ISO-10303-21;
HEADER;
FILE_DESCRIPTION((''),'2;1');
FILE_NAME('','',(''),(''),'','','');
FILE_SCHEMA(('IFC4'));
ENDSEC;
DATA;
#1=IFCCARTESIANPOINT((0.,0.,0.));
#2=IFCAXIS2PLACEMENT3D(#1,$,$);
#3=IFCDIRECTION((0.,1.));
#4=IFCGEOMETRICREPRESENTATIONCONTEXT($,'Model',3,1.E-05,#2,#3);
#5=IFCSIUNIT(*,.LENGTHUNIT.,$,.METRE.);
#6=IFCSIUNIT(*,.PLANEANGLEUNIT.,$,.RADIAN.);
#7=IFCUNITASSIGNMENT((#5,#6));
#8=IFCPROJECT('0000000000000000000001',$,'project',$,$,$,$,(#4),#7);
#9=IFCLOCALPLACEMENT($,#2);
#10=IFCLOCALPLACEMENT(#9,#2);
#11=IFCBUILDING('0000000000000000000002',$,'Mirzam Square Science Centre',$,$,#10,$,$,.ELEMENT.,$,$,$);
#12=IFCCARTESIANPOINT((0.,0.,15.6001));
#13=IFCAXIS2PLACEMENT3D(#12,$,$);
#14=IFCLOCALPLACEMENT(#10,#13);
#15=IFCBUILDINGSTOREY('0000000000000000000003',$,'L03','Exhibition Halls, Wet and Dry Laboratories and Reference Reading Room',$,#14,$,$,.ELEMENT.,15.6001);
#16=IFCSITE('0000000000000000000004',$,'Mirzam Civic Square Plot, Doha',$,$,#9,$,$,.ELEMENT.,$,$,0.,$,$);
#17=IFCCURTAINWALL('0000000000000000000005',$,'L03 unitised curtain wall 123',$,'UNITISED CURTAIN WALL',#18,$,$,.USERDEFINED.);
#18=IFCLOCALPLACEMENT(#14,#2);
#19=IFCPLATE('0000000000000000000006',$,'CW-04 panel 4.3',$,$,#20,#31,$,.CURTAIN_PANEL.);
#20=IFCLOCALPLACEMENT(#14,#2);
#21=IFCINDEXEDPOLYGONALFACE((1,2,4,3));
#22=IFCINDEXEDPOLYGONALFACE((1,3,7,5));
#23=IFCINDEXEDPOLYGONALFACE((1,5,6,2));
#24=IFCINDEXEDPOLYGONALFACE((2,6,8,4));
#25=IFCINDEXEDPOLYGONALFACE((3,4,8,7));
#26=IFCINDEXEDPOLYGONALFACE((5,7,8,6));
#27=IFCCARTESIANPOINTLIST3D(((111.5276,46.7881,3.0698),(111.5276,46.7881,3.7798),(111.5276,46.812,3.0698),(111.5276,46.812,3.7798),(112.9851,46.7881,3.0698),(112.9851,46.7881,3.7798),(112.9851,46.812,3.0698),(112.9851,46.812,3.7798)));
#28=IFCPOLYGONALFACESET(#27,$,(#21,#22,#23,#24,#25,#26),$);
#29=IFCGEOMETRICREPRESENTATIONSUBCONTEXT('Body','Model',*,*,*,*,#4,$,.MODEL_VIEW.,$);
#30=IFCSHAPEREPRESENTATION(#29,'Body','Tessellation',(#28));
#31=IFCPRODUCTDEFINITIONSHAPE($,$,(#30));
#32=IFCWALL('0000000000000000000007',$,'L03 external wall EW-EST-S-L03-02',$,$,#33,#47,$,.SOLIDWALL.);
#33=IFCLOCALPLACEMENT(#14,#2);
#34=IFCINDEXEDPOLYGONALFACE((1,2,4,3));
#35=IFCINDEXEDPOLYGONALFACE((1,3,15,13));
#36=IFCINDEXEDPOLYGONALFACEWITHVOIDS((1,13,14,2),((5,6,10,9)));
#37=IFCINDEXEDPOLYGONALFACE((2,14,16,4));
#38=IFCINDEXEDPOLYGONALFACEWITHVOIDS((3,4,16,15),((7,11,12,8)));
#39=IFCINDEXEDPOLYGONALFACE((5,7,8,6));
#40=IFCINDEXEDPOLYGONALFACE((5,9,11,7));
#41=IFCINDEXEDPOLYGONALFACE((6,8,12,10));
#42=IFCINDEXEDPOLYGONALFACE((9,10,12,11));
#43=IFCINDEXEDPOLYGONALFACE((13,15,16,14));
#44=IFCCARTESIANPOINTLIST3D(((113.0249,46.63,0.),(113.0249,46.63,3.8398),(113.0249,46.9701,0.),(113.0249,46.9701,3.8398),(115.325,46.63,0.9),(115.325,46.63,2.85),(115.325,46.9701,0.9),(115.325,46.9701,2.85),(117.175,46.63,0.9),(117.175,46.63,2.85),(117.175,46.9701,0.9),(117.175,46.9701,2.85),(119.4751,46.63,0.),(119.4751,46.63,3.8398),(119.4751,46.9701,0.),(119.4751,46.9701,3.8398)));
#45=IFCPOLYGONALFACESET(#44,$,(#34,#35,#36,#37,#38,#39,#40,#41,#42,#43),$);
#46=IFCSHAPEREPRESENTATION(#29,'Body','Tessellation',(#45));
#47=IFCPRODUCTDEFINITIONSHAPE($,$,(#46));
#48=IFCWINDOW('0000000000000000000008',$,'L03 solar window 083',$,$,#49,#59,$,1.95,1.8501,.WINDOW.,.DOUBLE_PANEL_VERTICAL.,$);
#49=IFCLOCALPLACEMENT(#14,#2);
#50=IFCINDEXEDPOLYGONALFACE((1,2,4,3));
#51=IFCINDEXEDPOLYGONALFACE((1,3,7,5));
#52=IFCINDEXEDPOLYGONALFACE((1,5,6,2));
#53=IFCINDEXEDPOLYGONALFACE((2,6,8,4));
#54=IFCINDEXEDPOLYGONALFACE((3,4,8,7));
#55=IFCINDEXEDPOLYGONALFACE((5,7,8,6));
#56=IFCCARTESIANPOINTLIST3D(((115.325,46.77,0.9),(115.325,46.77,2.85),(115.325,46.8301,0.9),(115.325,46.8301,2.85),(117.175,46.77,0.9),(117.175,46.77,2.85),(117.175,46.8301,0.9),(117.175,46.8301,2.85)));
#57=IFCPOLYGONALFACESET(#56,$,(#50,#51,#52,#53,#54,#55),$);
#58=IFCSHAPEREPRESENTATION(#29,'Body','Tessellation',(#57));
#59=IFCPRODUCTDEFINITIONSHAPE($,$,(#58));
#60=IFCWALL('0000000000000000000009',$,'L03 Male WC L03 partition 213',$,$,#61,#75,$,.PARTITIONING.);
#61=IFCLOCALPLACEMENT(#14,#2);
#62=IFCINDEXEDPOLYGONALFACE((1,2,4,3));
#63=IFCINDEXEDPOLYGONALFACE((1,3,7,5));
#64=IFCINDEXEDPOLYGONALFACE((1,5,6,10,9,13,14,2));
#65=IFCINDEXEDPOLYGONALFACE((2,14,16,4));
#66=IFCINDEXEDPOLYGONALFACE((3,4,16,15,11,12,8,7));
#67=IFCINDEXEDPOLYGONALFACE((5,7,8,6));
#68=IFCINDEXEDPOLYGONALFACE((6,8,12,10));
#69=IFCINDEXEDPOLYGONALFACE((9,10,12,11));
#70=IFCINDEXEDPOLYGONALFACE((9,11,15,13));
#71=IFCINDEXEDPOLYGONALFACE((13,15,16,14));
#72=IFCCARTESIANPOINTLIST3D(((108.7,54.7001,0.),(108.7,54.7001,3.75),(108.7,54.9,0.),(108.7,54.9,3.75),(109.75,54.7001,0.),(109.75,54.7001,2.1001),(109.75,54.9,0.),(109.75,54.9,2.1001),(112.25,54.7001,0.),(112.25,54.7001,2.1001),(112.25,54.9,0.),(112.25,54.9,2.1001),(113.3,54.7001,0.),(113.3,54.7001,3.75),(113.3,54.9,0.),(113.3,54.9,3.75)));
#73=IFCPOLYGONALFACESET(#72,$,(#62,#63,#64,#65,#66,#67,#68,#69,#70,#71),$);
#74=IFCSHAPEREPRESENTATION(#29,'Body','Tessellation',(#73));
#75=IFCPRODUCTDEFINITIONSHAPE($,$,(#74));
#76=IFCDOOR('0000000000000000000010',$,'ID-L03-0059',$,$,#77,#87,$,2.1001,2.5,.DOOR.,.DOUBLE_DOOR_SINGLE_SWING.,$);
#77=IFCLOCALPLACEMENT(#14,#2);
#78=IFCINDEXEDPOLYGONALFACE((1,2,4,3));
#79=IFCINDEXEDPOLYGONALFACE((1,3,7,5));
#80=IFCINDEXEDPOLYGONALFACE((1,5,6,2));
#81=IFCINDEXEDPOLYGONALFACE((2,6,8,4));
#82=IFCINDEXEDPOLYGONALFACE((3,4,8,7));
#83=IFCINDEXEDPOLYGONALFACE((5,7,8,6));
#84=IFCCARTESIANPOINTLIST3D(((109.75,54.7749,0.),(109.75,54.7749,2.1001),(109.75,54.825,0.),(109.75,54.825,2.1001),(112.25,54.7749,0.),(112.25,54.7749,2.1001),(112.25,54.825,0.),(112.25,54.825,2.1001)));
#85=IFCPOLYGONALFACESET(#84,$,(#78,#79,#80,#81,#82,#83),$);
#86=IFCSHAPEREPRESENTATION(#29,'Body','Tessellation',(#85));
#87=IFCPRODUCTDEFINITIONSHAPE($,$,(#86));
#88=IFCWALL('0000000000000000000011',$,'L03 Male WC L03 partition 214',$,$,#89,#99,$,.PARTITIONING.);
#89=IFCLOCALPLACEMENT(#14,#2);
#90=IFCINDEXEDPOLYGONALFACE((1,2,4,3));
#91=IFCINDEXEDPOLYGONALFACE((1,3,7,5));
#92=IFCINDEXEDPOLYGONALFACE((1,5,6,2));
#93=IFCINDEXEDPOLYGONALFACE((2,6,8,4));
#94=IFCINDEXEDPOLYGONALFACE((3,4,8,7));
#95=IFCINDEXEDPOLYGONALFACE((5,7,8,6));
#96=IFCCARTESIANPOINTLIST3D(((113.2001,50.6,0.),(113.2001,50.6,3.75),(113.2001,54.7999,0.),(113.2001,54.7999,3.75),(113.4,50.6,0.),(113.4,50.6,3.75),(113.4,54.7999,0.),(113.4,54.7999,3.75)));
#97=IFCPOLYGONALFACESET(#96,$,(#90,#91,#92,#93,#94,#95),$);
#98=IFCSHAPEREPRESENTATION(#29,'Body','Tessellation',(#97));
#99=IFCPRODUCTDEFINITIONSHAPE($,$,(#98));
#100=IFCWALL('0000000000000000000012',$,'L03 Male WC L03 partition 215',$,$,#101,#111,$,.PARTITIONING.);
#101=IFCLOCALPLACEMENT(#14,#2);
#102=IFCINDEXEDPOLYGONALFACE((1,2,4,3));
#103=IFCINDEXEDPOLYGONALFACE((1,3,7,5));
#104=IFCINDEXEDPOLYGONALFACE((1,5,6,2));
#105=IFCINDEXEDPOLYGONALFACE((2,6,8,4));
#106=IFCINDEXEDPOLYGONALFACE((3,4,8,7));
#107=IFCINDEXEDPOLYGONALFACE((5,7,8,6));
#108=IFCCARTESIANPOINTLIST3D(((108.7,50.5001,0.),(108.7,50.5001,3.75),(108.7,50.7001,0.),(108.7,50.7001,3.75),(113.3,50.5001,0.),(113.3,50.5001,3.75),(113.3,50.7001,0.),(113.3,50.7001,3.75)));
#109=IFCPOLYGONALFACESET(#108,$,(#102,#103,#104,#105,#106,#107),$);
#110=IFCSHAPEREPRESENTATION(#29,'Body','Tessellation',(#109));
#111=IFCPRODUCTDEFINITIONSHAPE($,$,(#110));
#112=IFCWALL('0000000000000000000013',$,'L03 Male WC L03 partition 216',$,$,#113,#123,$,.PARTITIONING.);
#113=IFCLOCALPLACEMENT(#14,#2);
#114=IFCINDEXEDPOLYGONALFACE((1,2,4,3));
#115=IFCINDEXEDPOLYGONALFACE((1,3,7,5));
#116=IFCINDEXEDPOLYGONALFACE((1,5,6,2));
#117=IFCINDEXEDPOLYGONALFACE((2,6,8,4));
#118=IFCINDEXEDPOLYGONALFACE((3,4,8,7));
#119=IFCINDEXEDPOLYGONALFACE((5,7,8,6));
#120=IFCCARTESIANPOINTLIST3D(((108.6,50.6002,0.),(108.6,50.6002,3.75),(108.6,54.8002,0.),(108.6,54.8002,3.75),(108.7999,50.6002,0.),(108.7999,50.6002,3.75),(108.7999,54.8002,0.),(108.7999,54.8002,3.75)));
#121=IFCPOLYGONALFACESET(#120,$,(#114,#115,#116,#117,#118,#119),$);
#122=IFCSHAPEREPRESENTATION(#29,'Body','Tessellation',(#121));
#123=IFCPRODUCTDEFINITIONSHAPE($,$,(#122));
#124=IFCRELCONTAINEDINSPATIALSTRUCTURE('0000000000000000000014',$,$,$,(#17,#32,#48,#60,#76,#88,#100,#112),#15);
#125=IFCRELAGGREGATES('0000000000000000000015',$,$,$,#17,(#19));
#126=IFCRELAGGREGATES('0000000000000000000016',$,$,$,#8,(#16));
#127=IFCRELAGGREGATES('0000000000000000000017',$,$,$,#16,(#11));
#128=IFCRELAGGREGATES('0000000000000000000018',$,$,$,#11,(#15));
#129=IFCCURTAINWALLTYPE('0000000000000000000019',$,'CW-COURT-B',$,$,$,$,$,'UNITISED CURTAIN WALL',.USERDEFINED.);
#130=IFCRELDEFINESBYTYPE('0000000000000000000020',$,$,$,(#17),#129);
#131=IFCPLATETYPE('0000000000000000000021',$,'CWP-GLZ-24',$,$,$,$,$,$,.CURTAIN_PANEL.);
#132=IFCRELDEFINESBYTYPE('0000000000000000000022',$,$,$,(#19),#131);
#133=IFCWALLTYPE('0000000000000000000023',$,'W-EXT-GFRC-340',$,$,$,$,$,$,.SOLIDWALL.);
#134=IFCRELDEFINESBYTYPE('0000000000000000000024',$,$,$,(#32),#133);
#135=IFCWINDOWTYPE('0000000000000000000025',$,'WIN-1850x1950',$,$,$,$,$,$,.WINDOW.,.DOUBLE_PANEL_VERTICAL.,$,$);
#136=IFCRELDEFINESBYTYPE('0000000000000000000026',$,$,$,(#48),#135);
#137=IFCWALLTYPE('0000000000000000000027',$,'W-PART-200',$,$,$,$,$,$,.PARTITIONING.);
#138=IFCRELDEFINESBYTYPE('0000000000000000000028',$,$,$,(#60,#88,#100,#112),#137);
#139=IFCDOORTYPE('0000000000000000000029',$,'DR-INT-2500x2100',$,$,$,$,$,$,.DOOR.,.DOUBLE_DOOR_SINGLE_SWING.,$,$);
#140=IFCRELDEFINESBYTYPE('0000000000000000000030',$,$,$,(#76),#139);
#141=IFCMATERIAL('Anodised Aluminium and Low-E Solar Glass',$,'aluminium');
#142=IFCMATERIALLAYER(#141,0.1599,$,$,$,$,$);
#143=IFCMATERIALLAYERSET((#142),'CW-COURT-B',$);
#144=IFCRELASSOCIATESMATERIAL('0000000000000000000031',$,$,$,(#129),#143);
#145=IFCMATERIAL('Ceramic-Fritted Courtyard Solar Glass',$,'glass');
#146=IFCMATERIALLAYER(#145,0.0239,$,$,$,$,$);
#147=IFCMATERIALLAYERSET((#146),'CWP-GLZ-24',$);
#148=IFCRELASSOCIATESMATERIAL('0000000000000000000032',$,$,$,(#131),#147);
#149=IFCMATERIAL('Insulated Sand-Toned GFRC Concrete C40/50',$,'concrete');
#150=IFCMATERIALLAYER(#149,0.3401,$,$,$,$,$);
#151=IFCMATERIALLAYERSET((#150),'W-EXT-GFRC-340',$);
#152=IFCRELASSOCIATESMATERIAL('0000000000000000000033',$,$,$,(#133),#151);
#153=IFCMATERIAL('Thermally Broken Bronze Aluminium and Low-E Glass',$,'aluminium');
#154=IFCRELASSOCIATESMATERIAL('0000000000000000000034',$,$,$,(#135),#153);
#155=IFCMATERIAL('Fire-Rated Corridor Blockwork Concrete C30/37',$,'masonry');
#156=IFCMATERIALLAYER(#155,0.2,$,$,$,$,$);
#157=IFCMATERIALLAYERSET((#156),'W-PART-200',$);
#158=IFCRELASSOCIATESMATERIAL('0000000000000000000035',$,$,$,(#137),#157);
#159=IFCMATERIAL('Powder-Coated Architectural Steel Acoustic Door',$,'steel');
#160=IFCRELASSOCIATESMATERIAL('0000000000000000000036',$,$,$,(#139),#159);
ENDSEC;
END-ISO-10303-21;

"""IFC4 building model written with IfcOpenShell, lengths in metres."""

from ifc_helpers import new_model, si_unit, direction, frame, frame_2d, origin, origin_2d, place, context, subcontext, project, spatial, rectangle, extrude, material, layer, layer_set, type_object, element, fill, aggregate, save


model = new_model("IFC4")

# Units and contexts
model_context = context("Model", 3, precision=1e-05, world=origin(), true_north=direction((0.0, 1.0)))
body_context = subcontext(model_context, "Body", "Model", "MODEL_VIEW")
ifc_project = project(units=[si_unit("LENGTHUNIT", "METRE"), si_unit("PLANEANGLEUNIT", "RADIAN")], contexts=[model_context])

# Site, building, storey
site_placement = place(None, origin())
site = spatial("IfcSite", under=ifc_project, at=site_placement, Name="Mirzam Civic Square Plot, Doha", CompositionType="ELEMENT", RefElevation=0.0)
building_placement = place(site_placement, origin())
building = spatial("IfcBuilding", under=site, at=building_placement, Name="Mirzam Square Science Centre", CompositionType="ELEMENT")
storey_placement = place(building_placement, frame((0.0, 0.0, 15.6001)))
storey = spatial("IfcBuildingStorey", under=building, at=storey_placement, Name="L03", Description="Exhibition Halls, Wet and Dry Laboratories and Reference Reading Room", CompositionType="ELEMENT", Elevation=15.6001)

# Curtain wall
ifc_material_1 = material(Name="Anodised Aluminium and Low-E Solar Glass", Category="aluminium")
ifc_layer_1 = layer(ifc_material_1, 0.1599)
ifc_layer_set_1 = layer_set([ifc_layer_1], Name="CW-COURT-B")
curtain_wall_type = type_object("IfcCurtainWallType", Name="CW-COURT-B", ElementType="UNITISED CURTAIN WALL", PredefinedType="USERDEFINED", material=ifc_layer_set_1)
curtain_wall_placement = place(storey_placement, origin())
curtain_wall = element("IfcCurtainWall", 1, at=curtain_wall_placement, inside=storey, type_object=curtain_wall_type, Name="L03 unitised curtain wall 123", ObjectType="UNITISED CURTAIN WALL", PredefinedType="USERDEFINED")

# Plate
ifc_material_2 = material(Name="Ceramic-Fritted Courtyard Solar Glass", Category="glass")
ifc_layer_2 = layer(ifc_material_2, 0.0239)
ifc_layer_set_2 = layer_set([ifc_layer_2], Name="CWP-GLZ-24")
plate_type = type_object("IfcPlateType", Name="CWP-GLZ-24", PredefinedType="CURTAIN_PANEL", material=ifc_layer_set_2)
plate_1_placement = place(storey_placement, frame((112.2563, 46.8, 3.0698), z_axis=(0.0, 0.0, 1.0), x_axis=(1.0, 0.0, 0.0)))
plate_1 = element("IfcPlate", 2, at=plate_1_placement, type_object=plate_type, Name="CW-04 panel 4.3", PredefinedType="CURTAIN_PANEL", context=body_context, shape_type="SweptSolid", body=[
    extrude(rectangle(XDim=1.4575, YDim=0.0239, at=origin_2d()), origin(), (0.0, 0.0, 1.0), 0.71),
])
aggregate(curtain_wall, [plate_1])

# Wall, opening, window
ifc_material_3 = material(Name="Insulated Sand-Toned GFRC Concrete C40/50", Category="concrete")
ifc_layer_3 = layer(ifc_material_3, 0.3401)
ifc_layer_set_3 = layer_set([ifc_layer_3], Name="W-EXT-GFRC-340")
wall_type_1 = type_object("IfcWallType", Name="W-EXT-GFRC-340", PredefinedType="SOLIDWALL", material=ifc_layer_set_3)
wall_1_placement = place(storey_placement, frame((113.0249, 46.8, 0.0), z_axis=(0.0, 0.0, 1.0), x_axis=(1.0, 0.0, 0.0)))
wall_1 = element("IfcWall", 3, at=wall_1_placement, inside=storey, type_object=wall_type_1, Name="L03 external wall EW-EST-S-L03-02", PredefinedType="SOLIDWALL", context=body_context, shape_type="SweptSolid", body=[
    extrude(rectangle(XDim=6.4502, YDim=0.3401, at=frame_2d((3.2251, 0.0))), origin(), (0.0, 0.0, 1.0), 3.8398),
])
opening_1_placement = place(wall_1_placement, frame((2.3, 0.0, 0.8999)))
opening_1 = element("IfcOpeningElement", 4, at=opening_1_placement, cuts=wall_1, PredefinedType="OPENING", context=body_context, shape_type="SweptSolid", body=[
    extrude(rectangle(XDim=1.8501, YDim=1.95, at=frame_2d((0.925, 0.9751))), frame((0.0, 0.1799, 0.0), z_axis=(0.0, -1.0, 0.0), x_axis=(1.0, 0.0, 0.0)), (0.0, 0.0, 1.0), 0.3601),
])
ifc_material_4 = material(Name="Thermally Broken Bronze Aluminium and Low-E Glass", Category="aluminium")
window_type = type_object("IfcWindowType", Name="WIN-1850x1950", PartitioningType="DOUBLE_PANEL_VERTICAL", PredefinedType="WINDOW", material=ifc_material_4)
window_placement = place(opening_1_placement, origin())
window = element("IfcWindow", 5, at=window_placement, inside=storey, type_object=window_type, Name="L03 solar window 083", OverallHeight=1.95, OverallWidth=1.8501, PartitioningType="DOUBLE_PANEL_VERTICAL", PredefinedType="WINDOW", context=body_context, shape_type="SweptSolid", body=[
    extrude(rectangle(XDim=1.8501, YDim=1.95, at=frame_2d((0.925, 0.9751))), frame((0.0, 0.03, 0.0), z_axis=(0.0, -1.0, 0.0), x_axis=(1.0, 0.0, 0.0)), (0.0, 0.0, 1.0), 0.0601),
])
fill(opening_1, window)

# Wall, opening, door
ifc_material_5 = material(Name="Fire-Rated Corridor Blockwork Concrete C30/37", Category="masonry")
ifc_layer_4 = layer(ifc_material_5, 0.2)
ifc_layer_set_4 = layer_set([ifc_layer_4], Name="W-PART-200")
wall_type_2 = type_object("IfcWallType", Name="W-PART-200", PredefinedType="PARTITIONING", material=ifc_layer_set_4)
wall_2_placement = place(storey_placement, frame((108.7, 54.8, 0.0), z_axis=(0.0, 0.0, 1.0), x_axis=(1.0, 0.0, 0.0)))
wall_2 = element("IfcWall", 6, at=wall_2_placement, inside=storey, type_object=wall_type_2, Name="L03 Male WC L03 partition 213", PredefinedType="PARTITIONING", context=body_context, shape_type="SweptSolid", body=[
    extrude(rectangle(XDim=4.6001, YDim=0.2, at=frame_2d((2.3, 0.0))), origin(), (0.0, 0.0, 1.0), 3.75),
])
opening_2_placement = place(wall_2_placement, frame((1.05, 0.0, 0.0)))
opening_2 = element("IfcOpeningElement", 7, at=opening_2_placement, cuts=wall_2, PredefinedType="OPENING", context=body_context, shape_type="SweptSolid", body=[
    extrude(rectangle(XDim=2.5, YDim=2.1001, at=frame_2d((1.25, 1.05))), frame((0.0, 0.1099, 0.0), z_axis=(0.0, -1.0, 0.0), x_axis=(1.0, 0.0, 0.0)), (0.0, 0.0, 1.0), 0.22),
])
ifc_material_6 = material(Name="Powder-Coated Architectural Steel Acoustic Door", Category="steel")
door_type = type_object("IfcDoorType", Name="DR-INT-2500x2100", OperationType="DOUBLE_DOOR_SINGLE_SWING", PredefinedType="DOOR", material=ifc_material_6)
door_placement = place(opening_2_placement, origin())
door = element("IfcDoor", 8, at=door_placement, inside=storey, type_object=door_type, Name="ID-L03-0059", OperationType="DOUBLE_DOOR_SINGLE_SWING", OverallHeight=2.1001, OverallWidth=2.5, PredefinedType="DOOR", context=body_context, shape_type="SweptSolid", body=[
    extrude(rectangle(XDim=2.5, YDim=2.1001, at=frame_2d((1.25, 1.05))), frame((0.0, 0.0249, 0.0), z_axis=(0.0, -1.0, 0.0), x_axis=(1.0, 0.0, 0.0)), (0.0, 0.0, 1.0), 0.05),
])
fill(opening_2, door)

# Walls
wall_3_placement = place(storey_placement, frame((113.3, 54.8, 0.0), z_axis=(0.0, 0.0, 1.0), x_axis=(0.0, -1.0, 0.0)))
element("IfcWall", 9, at=wall_3_placement, inside=storey, type_object=wall_type_2, Name="L03 Male WC L03 partition 214", PredefinedType="PARTITIONING", context=body_context, shape_type="SweptSolid", body=[
    extrude(rectangle(XDim=4.2, YDim=0.2, at=frame_2d((2.1001, 0.0))), origin(), (0.0, 0.0, 1.0), 3.75),
])
wall_4_placement = place(storey_placement, frame((113.3, 50.6001, 0.0), z_axis=(0.0, 0.0, 1.0), x_axis=(-1.0, 0.0, 0.0)))
element("IfcWall", 10, at=wall_4_placement, inside=storey, type_object=wall_type_2, Name="L03 Male WC L03 partition 215", PredefinedType="PARTITIONING", context=body_context, shape_type="SweptSolid", body=[
    extrude(rectangle(XDim=4.6001, YDim=0.2, at=frame_2d((2.3, 0.0))), origin(), (0.0, 0.0, 1.0), 3.75),
])
wall_5_placement = place(storey_placement, frame((108.7, 50.6001, 0.0), z_axis=(0.0, 0.0, 1.0), x_axis=(0.0, 1.0, 0.0)))
element("IfcWall", 11, at=wall_5_placement, inside=storey, type_object=wall_type_2, Name="L03 Male WC L03 partition 216", PredefinedType="PARTITIONING", context=body_context, shape_type="SweptSolid", body=[
    extrude(rectangle(XDim=4.2, YDim=0.2, at=frame_2d((2.1001, 0.0))), origin(), (0.0, 0.0, 1.0), 3.75),
])

save(model, "model.ifc")
